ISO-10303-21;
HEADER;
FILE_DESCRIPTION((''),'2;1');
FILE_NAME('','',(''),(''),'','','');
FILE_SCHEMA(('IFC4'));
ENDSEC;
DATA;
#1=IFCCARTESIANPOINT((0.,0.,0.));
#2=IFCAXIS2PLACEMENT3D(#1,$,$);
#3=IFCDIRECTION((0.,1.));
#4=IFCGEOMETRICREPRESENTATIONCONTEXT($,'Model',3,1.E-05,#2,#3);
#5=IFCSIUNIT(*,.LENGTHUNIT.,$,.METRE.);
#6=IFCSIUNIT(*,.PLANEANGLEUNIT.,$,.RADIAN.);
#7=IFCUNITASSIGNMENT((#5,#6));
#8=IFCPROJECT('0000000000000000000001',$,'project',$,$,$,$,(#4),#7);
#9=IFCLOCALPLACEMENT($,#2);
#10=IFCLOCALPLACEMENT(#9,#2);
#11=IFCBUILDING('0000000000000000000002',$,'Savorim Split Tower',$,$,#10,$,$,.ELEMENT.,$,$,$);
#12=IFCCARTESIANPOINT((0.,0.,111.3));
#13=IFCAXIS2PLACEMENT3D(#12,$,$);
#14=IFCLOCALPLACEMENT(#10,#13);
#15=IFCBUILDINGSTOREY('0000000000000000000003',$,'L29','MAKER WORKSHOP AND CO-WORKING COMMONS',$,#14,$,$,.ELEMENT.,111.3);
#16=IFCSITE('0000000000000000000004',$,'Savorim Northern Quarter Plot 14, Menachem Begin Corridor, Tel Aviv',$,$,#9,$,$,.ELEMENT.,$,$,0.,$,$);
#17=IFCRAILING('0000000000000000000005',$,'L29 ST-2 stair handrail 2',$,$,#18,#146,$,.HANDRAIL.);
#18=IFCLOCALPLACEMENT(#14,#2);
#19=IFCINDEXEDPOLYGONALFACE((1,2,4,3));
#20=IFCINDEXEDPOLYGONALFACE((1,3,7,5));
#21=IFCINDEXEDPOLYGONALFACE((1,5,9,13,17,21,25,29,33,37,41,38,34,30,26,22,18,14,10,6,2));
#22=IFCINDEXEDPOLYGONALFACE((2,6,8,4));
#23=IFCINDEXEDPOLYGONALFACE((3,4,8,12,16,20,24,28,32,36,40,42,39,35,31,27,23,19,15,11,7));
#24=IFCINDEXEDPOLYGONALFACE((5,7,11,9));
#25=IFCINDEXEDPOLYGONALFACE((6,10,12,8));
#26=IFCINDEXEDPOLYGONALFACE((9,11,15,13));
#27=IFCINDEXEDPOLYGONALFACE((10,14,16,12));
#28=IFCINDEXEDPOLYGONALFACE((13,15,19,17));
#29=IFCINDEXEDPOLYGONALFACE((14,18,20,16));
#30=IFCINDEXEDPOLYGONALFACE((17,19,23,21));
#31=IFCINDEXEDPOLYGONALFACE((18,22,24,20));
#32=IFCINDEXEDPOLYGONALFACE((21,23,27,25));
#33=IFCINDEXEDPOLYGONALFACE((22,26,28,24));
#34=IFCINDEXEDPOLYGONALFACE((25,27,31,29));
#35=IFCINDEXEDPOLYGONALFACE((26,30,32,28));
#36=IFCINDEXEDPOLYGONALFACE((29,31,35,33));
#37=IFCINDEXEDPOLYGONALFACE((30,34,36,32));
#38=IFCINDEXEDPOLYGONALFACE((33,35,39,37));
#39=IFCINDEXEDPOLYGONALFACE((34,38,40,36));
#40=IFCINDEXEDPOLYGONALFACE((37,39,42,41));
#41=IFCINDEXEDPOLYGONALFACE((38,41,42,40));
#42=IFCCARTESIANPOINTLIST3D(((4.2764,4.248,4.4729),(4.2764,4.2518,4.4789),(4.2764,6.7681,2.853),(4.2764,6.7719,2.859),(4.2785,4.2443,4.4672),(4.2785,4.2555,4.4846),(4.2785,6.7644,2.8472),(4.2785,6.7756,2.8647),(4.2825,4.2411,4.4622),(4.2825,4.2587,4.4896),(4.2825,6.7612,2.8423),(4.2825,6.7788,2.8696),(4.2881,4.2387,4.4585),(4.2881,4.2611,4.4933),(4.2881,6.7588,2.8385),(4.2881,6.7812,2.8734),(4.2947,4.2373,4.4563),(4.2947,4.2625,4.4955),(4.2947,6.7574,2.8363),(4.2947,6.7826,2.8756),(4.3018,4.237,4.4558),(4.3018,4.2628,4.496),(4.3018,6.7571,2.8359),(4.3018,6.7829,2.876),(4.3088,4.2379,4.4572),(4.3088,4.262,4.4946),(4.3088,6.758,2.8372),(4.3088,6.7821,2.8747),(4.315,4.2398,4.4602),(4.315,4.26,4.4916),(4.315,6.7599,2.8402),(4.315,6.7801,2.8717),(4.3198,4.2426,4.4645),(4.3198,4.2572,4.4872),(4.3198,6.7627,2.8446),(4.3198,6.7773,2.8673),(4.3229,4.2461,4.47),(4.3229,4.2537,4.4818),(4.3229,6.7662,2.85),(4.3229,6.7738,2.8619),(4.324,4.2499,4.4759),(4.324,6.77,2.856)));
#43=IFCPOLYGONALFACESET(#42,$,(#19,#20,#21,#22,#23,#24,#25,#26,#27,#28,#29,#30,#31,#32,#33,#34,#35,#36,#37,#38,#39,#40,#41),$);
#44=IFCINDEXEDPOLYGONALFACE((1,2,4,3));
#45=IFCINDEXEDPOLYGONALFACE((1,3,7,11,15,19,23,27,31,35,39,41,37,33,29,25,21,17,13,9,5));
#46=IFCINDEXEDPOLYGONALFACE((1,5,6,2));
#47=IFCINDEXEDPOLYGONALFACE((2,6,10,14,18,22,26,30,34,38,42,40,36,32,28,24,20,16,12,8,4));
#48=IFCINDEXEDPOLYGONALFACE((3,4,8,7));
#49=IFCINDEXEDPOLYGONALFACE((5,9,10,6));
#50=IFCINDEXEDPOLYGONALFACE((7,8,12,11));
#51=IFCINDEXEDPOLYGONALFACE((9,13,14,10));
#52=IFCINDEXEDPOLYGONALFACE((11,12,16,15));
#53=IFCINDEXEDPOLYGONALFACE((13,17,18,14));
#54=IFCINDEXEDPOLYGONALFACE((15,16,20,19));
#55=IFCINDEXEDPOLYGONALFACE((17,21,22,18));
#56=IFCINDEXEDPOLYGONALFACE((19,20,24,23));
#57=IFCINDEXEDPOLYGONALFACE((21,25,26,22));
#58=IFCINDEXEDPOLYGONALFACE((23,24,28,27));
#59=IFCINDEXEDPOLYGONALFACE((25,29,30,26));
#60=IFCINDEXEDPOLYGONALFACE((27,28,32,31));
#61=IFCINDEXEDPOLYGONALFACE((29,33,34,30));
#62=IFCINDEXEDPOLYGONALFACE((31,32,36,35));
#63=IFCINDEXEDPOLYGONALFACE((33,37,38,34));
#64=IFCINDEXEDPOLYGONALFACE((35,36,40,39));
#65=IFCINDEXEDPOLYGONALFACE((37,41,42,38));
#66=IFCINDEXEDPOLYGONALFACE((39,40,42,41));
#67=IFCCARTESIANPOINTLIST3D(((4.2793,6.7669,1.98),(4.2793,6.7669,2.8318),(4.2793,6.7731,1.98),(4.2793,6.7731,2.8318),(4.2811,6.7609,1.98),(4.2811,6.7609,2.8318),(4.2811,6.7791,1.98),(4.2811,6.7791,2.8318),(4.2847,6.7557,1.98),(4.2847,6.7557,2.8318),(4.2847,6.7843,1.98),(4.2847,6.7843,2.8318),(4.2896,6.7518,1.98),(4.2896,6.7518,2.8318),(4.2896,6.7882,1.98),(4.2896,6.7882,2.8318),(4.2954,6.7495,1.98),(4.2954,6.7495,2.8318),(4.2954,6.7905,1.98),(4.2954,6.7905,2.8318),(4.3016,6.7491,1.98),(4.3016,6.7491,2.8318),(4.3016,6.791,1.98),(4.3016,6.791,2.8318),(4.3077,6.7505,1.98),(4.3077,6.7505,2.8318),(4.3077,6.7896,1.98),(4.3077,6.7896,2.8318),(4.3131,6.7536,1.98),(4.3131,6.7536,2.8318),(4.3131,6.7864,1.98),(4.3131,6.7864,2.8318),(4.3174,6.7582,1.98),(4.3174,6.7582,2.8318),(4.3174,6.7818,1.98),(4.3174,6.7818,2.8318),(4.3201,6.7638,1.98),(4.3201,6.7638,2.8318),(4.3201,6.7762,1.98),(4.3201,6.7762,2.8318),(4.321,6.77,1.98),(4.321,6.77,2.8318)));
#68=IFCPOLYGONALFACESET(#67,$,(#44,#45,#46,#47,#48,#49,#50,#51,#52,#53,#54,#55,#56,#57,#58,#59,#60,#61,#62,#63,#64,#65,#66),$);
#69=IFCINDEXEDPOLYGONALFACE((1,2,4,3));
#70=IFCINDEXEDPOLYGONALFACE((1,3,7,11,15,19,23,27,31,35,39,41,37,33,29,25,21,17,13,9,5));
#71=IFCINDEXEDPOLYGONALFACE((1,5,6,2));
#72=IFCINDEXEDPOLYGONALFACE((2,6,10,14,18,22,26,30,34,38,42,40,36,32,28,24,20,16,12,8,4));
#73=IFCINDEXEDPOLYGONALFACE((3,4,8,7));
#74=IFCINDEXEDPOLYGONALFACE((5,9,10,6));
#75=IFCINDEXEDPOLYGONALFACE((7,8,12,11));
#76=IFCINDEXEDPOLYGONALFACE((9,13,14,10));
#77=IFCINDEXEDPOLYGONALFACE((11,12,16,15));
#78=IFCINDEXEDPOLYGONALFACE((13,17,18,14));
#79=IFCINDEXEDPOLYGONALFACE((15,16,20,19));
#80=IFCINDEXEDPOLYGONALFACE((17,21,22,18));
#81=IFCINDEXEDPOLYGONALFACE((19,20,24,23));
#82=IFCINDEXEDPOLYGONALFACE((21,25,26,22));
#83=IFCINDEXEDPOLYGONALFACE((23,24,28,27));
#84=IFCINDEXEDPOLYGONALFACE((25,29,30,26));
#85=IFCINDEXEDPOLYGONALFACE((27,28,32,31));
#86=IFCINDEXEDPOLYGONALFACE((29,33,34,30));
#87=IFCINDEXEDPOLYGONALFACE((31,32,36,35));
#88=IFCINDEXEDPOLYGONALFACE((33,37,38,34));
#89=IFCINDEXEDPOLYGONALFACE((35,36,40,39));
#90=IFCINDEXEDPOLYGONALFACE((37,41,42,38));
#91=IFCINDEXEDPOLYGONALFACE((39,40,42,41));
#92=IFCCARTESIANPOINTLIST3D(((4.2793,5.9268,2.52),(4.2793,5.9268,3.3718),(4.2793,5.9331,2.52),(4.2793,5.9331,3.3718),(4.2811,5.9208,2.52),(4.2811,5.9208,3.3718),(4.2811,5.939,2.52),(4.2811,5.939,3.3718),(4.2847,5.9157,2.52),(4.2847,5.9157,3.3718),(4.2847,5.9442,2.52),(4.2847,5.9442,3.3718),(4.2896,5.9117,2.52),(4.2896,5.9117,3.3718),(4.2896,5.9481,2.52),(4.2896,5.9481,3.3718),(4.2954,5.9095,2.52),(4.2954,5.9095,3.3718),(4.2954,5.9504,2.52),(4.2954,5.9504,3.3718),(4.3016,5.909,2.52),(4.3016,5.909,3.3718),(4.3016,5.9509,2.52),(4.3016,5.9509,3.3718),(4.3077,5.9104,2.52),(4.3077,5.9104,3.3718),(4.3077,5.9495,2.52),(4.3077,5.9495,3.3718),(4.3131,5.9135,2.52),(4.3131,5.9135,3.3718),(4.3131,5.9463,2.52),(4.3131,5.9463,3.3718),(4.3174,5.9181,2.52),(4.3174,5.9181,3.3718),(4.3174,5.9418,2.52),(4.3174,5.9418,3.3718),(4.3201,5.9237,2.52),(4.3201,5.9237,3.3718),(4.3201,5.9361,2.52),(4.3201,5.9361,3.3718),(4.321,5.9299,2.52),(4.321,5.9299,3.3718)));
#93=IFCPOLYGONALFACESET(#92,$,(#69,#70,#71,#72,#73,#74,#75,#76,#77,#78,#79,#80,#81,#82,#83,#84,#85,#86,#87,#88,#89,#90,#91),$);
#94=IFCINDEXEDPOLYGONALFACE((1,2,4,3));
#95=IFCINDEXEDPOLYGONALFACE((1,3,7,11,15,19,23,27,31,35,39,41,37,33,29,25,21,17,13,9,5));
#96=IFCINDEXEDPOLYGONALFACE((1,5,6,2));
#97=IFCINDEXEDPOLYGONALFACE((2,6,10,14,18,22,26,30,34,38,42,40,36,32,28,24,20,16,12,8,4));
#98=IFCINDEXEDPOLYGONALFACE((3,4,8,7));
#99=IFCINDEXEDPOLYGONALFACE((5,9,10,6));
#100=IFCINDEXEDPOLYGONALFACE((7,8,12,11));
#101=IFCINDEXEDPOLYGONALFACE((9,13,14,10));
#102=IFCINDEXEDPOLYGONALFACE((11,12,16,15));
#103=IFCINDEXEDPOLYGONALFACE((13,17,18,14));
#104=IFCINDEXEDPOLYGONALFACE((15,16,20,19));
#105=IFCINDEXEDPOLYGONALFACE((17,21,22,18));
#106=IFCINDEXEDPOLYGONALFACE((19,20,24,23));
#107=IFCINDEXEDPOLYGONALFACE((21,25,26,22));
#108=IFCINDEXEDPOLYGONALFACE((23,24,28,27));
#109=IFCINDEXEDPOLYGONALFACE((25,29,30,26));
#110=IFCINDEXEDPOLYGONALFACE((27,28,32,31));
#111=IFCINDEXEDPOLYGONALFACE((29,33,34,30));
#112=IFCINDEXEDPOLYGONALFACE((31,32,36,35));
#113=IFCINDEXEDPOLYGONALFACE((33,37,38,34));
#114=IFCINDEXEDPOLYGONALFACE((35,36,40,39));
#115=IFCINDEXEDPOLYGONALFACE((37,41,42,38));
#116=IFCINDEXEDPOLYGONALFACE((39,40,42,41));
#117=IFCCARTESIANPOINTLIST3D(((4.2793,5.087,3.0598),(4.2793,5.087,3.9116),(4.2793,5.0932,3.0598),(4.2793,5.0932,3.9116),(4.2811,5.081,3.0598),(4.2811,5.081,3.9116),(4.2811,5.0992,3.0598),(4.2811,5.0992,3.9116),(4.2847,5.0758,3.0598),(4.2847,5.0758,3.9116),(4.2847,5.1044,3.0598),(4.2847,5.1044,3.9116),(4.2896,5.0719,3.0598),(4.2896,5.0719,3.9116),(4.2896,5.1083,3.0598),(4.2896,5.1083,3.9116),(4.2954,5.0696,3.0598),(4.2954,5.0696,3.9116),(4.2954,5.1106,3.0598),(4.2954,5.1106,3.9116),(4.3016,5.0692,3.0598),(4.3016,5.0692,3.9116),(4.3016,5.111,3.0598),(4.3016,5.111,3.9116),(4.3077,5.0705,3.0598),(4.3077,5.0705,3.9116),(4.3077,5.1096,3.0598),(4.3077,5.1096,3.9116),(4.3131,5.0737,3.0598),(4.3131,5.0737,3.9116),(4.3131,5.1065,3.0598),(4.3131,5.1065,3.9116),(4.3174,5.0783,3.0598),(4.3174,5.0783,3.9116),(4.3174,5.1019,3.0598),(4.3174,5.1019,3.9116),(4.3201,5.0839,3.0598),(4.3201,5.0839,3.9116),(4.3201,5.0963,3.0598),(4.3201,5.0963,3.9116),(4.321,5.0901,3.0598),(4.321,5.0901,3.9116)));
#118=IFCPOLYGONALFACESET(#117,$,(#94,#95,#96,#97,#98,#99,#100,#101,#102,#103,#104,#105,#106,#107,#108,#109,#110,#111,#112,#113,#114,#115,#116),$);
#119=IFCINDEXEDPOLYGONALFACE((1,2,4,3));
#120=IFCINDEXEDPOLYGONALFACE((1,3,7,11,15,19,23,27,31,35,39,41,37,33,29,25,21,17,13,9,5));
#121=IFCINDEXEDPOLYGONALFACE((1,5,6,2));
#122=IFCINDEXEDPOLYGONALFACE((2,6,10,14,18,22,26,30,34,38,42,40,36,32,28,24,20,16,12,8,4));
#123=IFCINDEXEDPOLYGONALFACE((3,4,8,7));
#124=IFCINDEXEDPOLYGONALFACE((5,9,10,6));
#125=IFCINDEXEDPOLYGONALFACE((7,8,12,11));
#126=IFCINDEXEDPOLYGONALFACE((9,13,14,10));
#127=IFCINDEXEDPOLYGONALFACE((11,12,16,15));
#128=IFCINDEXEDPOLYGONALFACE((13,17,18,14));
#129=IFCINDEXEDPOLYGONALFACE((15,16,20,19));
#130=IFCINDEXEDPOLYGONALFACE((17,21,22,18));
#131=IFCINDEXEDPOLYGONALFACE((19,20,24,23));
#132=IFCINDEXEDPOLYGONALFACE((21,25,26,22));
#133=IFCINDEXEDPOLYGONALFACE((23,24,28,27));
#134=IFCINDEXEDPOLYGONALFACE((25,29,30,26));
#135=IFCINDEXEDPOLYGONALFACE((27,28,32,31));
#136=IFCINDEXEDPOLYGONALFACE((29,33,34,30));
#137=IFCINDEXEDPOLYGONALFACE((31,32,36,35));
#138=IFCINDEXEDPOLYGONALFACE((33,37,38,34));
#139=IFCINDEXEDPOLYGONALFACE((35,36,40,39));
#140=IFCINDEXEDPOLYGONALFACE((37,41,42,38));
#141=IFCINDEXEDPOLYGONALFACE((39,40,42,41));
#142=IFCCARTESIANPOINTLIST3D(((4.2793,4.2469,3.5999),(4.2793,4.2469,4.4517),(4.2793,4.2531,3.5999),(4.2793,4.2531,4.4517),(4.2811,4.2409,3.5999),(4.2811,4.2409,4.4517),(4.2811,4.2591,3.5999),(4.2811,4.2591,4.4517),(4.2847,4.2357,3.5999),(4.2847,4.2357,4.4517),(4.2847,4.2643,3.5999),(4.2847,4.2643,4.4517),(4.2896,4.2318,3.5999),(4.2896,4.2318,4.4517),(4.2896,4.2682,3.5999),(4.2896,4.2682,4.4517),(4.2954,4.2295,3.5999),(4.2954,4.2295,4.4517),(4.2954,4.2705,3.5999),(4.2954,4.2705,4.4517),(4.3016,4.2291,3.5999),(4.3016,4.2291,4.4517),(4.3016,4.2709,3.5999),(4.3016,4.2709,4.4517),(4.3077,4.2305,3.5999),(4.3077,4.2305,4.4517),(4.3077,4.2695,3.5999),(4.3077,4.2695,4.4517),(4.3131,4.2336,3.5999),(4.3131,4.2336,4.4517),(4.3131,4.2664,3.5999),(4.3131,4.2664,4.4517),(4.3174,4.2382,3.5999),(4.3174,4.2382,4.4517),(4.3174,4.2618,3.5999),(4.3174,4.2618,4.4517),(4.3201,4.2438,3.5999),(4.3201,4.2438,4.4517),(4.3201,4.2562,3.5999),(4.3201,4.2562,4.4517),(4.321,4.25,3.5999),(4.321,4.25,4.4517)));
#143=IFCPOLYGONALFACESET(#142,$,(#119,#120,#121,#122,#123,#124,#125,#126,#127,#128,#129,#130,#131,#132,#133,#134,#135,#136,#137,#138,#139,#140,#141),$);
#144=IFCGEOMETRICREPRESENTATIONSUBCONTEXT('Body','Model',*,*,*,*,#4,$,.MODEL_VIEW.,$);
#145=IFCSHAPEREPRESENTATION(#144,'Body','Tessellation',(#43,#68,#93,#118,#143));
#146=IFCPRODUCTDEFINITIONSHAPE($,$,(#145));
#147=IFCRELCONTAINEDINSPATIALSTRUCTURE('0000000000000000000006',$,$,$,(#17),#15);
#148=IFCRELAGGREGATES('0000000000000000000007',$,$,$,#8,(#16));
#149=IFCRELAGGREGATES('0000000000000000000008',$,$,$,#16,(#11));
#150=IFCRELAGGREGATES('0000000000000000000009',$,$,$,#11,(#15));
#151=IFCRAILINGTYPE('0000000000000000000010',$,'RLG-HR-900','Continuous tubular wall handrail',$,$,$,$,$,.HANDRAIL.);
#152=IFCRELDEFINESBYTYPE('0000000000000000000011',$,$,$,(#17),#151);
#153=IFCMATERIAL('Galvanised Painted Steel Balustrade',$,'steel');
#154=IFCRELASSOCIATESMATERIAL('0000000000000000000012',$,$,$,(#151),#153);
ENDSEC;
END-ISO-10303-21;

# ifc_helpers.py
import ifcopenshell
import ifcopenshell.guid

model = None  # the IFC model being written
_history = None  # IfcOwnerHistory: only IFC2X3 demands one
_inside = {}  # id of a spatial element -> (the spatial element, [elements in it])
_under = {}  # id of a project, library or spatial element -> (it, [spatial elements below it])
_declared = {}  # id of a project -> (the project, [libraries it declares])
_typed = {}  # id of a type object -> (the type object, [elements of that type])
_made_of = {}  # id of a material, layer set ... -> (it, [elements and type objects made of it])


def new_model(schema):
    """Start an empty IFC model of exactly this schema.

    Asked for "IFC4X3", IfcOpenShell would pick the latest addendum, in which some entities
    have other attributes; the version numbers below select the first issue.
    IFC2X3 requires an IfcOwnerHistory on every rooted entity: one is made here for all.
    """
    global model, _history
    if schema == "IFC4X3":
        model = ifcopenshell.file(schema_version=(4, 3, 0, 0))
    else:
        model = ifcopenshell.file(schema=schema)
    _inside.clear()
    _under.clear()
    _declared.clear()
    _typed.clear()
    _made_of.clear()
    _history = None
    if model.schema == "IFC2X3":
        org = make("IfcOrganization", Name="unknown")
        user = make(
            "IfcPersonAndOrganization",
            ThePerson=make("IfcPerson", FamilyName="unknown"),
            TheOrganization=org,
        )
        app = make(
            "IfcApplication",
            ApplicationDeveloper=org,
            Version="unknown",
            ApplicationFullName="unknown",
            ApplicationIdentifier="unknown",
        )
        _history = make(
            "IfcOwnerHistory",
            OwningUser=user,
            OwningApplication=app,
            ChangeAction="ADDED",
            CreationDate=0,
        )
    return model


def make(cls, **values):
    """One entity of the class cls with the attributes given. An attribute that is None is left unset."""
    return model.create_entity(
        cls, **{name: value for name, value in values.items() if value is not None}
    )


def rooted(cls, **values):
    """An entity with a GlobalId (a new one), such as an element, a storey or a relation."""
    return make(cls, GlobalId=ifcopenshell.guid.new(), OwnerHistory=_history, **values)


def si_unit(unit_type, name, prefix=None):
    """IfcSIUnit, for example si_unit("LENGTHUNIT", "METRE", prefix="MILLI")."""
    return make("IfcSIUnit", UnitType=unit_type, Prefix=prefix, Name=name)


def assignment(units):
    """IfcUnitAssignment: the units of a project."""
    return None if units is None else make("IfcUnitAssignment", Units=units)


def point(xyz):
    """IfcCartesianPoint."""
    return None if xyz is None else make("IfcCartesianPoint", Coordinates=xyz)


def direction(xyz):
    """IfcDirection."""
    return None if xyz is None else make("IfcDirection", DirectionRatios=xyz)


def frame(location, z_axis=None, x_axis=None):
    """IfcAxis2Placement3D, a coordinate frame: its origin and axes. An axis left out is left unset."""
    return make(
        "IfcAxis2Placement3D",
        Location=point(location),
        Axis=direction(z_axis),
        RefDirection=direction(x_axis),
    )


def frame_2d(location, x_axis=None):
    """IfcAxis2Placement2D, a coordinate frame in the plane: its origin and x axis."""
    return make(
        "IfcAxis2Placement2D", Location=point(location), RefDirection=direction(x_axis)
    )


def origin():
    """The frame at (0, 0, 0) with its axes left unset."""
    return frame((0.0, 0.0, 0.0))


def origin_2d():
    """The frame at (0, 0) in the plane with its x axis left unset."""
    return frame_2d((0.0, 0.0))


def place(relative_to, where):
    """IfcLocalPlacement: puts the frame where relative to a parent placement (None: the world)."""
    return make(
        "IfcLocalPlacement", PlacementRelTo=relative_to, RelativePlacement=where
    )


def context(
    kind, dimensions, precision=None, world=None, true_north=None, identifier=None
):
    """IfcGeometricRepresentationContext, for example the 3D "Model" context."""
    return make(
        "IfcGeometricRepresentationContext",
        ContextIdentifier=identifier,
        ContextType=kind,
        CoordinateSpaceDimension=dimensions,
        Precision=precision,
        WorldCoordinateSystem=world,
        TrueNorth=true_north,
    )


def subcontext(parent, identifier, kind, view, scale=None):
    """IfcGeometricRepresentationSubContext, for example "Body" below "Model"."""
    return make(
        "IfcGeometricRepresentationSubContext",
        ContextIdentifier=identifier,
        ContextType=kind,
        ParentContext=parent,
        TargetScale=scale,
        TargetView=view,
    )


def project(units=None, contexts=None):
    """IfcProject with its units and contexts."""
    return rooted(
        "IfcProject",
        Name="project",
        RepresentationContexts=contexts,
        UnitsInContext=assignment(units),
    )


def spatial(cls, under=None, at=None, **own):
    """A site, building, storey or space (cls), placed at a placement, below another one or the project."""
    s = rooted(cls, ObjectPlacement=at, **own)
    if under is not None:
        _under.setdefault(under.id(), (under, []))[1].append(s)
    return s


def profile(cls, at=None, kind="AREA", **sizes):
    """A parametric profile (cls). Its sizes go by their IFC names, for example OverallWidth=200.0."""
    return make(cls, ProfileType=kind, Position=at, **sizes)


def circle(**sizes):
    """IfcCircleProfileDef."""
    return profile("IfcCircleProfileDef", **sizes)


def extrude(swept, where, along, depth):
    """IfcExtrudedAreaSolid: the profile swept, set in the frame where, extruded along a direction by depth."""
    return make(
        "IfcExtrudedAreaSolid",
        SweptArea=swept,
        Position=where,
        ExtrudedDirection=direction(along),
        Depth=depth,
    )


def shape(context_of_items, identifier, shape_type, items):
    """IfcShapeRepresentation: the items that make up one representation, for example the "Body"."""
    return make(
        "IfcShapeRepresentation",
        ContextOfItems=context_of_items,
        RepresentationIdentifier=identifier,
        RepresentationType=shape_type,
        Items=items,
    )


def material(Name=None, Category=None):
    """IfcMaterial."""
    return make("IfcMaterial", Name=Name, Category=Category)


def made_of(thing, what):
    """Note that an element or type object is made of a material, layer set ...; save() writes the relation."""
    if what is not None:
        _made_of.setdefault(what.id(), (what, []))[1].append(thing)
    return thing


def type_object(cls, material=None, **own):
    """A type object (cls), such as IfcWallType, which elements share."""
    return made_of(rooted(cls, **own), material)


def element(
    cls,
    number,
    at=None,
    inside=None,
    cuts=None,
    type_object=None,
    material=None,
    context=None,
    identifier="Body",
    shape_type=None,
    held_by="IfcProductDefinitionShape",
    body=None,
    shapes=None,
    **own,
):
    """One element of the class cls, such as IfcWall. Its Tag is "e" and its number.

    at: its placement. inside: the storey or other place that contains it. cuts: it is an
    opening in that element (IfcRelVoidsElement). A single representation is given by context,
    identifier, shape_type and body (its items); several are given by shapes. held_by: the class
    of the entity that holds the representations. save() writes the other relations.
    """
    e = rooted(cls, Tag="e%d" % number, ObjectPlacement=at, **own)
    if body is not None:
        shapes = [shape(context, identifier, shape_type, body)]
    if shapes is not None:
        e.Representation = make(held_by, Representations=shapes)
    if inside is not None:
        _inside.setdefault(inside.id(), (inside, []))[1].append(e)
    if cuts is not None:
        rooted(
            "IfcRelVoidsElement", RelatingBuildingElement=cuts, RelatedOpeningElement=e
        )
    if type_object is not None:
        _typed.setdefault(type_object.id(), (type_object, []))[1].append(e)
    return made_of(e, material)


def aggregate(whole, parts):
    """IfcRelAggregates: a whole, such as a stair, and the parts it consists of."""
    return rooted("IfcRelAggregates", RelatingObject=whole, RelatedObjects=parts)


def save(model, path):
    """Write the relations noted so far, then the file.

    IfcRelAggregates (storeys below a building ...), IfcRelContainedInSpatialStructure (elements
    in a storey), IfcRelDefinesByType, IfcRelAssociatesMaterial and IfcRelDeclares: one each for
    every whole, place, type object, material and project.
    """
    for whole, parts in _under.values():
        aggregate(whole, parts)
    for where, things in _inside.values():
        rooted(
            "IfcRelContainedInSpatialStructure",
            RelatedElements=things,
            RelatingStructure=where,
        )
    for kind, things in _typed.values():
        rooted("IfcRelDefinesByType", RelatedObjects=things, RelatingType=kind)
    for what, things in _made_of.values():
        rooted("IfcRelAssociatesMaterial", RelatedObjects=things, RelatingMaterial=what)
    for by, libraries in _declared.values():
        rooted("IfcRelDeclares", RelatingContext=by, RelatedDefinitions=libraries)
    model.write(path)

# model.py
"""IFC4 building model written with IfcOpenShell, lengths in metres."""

from ifc_helpers import new_model, si_unit, direction, frame, origin, origin_2d, place, context, subcontext, project, spatial, circle, extrude, material, type_object, element, save


model = new_model("IFC4")

# Units and contexts
model_context = context("Model", 3, precision=1e-05, world=origin(), true_north=direction((0.0, 1.0)))
body_context = subcontext(model_context, "Body", "Model", "MODEL_VIEW")
ifc_project = project(units=[si_unit("LENGTHUNIT", "METRE"), si_unit("PLANEANGLEUNIT", "RADIAN")], contexts=[model_context])

# Site, building, storey
site_placement = place(None, origin())
site = spatial("IfcSite", under=ifc_project, at=site_placement, Name="Savorim Northern Quarter Plot 14, Menachem Begin Corridor, Tel Aviv", CompositionType="ELEMENT", RefElevation=0.0)
building_placement = place(site_placement, origin())
building = spatial("IfcBuilding", under=site, at=building_placement, Name="Savorim Split Tower", CompositionType="ELEMENT")
storey_placement = place(building_placement, frame((0.0, 0.0, 111.3)))
storey = spatial("IfcBuildingStorey", under=building, at=storey_placement, Name="L29", Description="MAKER WORKSHOP AND CO-WORKING COMMONS", CompositionType="ELEMENT", Elevation=111.3)

# Railing
ifc_material_1 = material(Name="Galvanised Painted Steel Balustrade", Category="steel")
railing_type_1 = type_object("IfcRailingType", Name="RLG-HR-900", Description="Continuous tubular wall handrail", PredefinedType="HANDRAIL", material=ifc_material_1)
railing_1_placement = place(storey_placement, frame((4.3, 6.77, 1.98)))
element("IfcRailing", 1, at=railing_1_placement, inside=storey, type_object=railing_type_1, Name="L29 ST-2 stair handrail 2", PredefinedType="HANDRAIL", context=body_context, shape_type="SweptSolid", body=[
    extrude(circle(Radius=0.0239, at=origin_2d()), frame((0.0, 0.0, 0.876), z_axis=(0.0, -0.8412, 0.540725), x_axis=(1.0, 0.0, 0.0)), (0.0, 0.0, 1.0), 2.9958),
    extrude(circle(Radius=0.021, at=origin_2d()), origin(), (0.0, 0.0, 1.0), 0.8518),
    extrude(circle(Radius=0.021, at=origin_2d()), frame((0.0, -0.8401, 0.54)), (0.0, 0.0, 1.0), 0.8518),
    extrude(circle(Radius=0.021, at=origin_2d()), frame((0.0, -1.6799, 1.0798)), (0.0, 0.0, 1.0), 0.8518),
    extrude(circle(Radius=0.021, at=origin_2d()), frame((0.0, -2.52, 1.6199)), (0.0, 0.0, 1.0), 0.8518),
])

save(model, "model.ifc")
